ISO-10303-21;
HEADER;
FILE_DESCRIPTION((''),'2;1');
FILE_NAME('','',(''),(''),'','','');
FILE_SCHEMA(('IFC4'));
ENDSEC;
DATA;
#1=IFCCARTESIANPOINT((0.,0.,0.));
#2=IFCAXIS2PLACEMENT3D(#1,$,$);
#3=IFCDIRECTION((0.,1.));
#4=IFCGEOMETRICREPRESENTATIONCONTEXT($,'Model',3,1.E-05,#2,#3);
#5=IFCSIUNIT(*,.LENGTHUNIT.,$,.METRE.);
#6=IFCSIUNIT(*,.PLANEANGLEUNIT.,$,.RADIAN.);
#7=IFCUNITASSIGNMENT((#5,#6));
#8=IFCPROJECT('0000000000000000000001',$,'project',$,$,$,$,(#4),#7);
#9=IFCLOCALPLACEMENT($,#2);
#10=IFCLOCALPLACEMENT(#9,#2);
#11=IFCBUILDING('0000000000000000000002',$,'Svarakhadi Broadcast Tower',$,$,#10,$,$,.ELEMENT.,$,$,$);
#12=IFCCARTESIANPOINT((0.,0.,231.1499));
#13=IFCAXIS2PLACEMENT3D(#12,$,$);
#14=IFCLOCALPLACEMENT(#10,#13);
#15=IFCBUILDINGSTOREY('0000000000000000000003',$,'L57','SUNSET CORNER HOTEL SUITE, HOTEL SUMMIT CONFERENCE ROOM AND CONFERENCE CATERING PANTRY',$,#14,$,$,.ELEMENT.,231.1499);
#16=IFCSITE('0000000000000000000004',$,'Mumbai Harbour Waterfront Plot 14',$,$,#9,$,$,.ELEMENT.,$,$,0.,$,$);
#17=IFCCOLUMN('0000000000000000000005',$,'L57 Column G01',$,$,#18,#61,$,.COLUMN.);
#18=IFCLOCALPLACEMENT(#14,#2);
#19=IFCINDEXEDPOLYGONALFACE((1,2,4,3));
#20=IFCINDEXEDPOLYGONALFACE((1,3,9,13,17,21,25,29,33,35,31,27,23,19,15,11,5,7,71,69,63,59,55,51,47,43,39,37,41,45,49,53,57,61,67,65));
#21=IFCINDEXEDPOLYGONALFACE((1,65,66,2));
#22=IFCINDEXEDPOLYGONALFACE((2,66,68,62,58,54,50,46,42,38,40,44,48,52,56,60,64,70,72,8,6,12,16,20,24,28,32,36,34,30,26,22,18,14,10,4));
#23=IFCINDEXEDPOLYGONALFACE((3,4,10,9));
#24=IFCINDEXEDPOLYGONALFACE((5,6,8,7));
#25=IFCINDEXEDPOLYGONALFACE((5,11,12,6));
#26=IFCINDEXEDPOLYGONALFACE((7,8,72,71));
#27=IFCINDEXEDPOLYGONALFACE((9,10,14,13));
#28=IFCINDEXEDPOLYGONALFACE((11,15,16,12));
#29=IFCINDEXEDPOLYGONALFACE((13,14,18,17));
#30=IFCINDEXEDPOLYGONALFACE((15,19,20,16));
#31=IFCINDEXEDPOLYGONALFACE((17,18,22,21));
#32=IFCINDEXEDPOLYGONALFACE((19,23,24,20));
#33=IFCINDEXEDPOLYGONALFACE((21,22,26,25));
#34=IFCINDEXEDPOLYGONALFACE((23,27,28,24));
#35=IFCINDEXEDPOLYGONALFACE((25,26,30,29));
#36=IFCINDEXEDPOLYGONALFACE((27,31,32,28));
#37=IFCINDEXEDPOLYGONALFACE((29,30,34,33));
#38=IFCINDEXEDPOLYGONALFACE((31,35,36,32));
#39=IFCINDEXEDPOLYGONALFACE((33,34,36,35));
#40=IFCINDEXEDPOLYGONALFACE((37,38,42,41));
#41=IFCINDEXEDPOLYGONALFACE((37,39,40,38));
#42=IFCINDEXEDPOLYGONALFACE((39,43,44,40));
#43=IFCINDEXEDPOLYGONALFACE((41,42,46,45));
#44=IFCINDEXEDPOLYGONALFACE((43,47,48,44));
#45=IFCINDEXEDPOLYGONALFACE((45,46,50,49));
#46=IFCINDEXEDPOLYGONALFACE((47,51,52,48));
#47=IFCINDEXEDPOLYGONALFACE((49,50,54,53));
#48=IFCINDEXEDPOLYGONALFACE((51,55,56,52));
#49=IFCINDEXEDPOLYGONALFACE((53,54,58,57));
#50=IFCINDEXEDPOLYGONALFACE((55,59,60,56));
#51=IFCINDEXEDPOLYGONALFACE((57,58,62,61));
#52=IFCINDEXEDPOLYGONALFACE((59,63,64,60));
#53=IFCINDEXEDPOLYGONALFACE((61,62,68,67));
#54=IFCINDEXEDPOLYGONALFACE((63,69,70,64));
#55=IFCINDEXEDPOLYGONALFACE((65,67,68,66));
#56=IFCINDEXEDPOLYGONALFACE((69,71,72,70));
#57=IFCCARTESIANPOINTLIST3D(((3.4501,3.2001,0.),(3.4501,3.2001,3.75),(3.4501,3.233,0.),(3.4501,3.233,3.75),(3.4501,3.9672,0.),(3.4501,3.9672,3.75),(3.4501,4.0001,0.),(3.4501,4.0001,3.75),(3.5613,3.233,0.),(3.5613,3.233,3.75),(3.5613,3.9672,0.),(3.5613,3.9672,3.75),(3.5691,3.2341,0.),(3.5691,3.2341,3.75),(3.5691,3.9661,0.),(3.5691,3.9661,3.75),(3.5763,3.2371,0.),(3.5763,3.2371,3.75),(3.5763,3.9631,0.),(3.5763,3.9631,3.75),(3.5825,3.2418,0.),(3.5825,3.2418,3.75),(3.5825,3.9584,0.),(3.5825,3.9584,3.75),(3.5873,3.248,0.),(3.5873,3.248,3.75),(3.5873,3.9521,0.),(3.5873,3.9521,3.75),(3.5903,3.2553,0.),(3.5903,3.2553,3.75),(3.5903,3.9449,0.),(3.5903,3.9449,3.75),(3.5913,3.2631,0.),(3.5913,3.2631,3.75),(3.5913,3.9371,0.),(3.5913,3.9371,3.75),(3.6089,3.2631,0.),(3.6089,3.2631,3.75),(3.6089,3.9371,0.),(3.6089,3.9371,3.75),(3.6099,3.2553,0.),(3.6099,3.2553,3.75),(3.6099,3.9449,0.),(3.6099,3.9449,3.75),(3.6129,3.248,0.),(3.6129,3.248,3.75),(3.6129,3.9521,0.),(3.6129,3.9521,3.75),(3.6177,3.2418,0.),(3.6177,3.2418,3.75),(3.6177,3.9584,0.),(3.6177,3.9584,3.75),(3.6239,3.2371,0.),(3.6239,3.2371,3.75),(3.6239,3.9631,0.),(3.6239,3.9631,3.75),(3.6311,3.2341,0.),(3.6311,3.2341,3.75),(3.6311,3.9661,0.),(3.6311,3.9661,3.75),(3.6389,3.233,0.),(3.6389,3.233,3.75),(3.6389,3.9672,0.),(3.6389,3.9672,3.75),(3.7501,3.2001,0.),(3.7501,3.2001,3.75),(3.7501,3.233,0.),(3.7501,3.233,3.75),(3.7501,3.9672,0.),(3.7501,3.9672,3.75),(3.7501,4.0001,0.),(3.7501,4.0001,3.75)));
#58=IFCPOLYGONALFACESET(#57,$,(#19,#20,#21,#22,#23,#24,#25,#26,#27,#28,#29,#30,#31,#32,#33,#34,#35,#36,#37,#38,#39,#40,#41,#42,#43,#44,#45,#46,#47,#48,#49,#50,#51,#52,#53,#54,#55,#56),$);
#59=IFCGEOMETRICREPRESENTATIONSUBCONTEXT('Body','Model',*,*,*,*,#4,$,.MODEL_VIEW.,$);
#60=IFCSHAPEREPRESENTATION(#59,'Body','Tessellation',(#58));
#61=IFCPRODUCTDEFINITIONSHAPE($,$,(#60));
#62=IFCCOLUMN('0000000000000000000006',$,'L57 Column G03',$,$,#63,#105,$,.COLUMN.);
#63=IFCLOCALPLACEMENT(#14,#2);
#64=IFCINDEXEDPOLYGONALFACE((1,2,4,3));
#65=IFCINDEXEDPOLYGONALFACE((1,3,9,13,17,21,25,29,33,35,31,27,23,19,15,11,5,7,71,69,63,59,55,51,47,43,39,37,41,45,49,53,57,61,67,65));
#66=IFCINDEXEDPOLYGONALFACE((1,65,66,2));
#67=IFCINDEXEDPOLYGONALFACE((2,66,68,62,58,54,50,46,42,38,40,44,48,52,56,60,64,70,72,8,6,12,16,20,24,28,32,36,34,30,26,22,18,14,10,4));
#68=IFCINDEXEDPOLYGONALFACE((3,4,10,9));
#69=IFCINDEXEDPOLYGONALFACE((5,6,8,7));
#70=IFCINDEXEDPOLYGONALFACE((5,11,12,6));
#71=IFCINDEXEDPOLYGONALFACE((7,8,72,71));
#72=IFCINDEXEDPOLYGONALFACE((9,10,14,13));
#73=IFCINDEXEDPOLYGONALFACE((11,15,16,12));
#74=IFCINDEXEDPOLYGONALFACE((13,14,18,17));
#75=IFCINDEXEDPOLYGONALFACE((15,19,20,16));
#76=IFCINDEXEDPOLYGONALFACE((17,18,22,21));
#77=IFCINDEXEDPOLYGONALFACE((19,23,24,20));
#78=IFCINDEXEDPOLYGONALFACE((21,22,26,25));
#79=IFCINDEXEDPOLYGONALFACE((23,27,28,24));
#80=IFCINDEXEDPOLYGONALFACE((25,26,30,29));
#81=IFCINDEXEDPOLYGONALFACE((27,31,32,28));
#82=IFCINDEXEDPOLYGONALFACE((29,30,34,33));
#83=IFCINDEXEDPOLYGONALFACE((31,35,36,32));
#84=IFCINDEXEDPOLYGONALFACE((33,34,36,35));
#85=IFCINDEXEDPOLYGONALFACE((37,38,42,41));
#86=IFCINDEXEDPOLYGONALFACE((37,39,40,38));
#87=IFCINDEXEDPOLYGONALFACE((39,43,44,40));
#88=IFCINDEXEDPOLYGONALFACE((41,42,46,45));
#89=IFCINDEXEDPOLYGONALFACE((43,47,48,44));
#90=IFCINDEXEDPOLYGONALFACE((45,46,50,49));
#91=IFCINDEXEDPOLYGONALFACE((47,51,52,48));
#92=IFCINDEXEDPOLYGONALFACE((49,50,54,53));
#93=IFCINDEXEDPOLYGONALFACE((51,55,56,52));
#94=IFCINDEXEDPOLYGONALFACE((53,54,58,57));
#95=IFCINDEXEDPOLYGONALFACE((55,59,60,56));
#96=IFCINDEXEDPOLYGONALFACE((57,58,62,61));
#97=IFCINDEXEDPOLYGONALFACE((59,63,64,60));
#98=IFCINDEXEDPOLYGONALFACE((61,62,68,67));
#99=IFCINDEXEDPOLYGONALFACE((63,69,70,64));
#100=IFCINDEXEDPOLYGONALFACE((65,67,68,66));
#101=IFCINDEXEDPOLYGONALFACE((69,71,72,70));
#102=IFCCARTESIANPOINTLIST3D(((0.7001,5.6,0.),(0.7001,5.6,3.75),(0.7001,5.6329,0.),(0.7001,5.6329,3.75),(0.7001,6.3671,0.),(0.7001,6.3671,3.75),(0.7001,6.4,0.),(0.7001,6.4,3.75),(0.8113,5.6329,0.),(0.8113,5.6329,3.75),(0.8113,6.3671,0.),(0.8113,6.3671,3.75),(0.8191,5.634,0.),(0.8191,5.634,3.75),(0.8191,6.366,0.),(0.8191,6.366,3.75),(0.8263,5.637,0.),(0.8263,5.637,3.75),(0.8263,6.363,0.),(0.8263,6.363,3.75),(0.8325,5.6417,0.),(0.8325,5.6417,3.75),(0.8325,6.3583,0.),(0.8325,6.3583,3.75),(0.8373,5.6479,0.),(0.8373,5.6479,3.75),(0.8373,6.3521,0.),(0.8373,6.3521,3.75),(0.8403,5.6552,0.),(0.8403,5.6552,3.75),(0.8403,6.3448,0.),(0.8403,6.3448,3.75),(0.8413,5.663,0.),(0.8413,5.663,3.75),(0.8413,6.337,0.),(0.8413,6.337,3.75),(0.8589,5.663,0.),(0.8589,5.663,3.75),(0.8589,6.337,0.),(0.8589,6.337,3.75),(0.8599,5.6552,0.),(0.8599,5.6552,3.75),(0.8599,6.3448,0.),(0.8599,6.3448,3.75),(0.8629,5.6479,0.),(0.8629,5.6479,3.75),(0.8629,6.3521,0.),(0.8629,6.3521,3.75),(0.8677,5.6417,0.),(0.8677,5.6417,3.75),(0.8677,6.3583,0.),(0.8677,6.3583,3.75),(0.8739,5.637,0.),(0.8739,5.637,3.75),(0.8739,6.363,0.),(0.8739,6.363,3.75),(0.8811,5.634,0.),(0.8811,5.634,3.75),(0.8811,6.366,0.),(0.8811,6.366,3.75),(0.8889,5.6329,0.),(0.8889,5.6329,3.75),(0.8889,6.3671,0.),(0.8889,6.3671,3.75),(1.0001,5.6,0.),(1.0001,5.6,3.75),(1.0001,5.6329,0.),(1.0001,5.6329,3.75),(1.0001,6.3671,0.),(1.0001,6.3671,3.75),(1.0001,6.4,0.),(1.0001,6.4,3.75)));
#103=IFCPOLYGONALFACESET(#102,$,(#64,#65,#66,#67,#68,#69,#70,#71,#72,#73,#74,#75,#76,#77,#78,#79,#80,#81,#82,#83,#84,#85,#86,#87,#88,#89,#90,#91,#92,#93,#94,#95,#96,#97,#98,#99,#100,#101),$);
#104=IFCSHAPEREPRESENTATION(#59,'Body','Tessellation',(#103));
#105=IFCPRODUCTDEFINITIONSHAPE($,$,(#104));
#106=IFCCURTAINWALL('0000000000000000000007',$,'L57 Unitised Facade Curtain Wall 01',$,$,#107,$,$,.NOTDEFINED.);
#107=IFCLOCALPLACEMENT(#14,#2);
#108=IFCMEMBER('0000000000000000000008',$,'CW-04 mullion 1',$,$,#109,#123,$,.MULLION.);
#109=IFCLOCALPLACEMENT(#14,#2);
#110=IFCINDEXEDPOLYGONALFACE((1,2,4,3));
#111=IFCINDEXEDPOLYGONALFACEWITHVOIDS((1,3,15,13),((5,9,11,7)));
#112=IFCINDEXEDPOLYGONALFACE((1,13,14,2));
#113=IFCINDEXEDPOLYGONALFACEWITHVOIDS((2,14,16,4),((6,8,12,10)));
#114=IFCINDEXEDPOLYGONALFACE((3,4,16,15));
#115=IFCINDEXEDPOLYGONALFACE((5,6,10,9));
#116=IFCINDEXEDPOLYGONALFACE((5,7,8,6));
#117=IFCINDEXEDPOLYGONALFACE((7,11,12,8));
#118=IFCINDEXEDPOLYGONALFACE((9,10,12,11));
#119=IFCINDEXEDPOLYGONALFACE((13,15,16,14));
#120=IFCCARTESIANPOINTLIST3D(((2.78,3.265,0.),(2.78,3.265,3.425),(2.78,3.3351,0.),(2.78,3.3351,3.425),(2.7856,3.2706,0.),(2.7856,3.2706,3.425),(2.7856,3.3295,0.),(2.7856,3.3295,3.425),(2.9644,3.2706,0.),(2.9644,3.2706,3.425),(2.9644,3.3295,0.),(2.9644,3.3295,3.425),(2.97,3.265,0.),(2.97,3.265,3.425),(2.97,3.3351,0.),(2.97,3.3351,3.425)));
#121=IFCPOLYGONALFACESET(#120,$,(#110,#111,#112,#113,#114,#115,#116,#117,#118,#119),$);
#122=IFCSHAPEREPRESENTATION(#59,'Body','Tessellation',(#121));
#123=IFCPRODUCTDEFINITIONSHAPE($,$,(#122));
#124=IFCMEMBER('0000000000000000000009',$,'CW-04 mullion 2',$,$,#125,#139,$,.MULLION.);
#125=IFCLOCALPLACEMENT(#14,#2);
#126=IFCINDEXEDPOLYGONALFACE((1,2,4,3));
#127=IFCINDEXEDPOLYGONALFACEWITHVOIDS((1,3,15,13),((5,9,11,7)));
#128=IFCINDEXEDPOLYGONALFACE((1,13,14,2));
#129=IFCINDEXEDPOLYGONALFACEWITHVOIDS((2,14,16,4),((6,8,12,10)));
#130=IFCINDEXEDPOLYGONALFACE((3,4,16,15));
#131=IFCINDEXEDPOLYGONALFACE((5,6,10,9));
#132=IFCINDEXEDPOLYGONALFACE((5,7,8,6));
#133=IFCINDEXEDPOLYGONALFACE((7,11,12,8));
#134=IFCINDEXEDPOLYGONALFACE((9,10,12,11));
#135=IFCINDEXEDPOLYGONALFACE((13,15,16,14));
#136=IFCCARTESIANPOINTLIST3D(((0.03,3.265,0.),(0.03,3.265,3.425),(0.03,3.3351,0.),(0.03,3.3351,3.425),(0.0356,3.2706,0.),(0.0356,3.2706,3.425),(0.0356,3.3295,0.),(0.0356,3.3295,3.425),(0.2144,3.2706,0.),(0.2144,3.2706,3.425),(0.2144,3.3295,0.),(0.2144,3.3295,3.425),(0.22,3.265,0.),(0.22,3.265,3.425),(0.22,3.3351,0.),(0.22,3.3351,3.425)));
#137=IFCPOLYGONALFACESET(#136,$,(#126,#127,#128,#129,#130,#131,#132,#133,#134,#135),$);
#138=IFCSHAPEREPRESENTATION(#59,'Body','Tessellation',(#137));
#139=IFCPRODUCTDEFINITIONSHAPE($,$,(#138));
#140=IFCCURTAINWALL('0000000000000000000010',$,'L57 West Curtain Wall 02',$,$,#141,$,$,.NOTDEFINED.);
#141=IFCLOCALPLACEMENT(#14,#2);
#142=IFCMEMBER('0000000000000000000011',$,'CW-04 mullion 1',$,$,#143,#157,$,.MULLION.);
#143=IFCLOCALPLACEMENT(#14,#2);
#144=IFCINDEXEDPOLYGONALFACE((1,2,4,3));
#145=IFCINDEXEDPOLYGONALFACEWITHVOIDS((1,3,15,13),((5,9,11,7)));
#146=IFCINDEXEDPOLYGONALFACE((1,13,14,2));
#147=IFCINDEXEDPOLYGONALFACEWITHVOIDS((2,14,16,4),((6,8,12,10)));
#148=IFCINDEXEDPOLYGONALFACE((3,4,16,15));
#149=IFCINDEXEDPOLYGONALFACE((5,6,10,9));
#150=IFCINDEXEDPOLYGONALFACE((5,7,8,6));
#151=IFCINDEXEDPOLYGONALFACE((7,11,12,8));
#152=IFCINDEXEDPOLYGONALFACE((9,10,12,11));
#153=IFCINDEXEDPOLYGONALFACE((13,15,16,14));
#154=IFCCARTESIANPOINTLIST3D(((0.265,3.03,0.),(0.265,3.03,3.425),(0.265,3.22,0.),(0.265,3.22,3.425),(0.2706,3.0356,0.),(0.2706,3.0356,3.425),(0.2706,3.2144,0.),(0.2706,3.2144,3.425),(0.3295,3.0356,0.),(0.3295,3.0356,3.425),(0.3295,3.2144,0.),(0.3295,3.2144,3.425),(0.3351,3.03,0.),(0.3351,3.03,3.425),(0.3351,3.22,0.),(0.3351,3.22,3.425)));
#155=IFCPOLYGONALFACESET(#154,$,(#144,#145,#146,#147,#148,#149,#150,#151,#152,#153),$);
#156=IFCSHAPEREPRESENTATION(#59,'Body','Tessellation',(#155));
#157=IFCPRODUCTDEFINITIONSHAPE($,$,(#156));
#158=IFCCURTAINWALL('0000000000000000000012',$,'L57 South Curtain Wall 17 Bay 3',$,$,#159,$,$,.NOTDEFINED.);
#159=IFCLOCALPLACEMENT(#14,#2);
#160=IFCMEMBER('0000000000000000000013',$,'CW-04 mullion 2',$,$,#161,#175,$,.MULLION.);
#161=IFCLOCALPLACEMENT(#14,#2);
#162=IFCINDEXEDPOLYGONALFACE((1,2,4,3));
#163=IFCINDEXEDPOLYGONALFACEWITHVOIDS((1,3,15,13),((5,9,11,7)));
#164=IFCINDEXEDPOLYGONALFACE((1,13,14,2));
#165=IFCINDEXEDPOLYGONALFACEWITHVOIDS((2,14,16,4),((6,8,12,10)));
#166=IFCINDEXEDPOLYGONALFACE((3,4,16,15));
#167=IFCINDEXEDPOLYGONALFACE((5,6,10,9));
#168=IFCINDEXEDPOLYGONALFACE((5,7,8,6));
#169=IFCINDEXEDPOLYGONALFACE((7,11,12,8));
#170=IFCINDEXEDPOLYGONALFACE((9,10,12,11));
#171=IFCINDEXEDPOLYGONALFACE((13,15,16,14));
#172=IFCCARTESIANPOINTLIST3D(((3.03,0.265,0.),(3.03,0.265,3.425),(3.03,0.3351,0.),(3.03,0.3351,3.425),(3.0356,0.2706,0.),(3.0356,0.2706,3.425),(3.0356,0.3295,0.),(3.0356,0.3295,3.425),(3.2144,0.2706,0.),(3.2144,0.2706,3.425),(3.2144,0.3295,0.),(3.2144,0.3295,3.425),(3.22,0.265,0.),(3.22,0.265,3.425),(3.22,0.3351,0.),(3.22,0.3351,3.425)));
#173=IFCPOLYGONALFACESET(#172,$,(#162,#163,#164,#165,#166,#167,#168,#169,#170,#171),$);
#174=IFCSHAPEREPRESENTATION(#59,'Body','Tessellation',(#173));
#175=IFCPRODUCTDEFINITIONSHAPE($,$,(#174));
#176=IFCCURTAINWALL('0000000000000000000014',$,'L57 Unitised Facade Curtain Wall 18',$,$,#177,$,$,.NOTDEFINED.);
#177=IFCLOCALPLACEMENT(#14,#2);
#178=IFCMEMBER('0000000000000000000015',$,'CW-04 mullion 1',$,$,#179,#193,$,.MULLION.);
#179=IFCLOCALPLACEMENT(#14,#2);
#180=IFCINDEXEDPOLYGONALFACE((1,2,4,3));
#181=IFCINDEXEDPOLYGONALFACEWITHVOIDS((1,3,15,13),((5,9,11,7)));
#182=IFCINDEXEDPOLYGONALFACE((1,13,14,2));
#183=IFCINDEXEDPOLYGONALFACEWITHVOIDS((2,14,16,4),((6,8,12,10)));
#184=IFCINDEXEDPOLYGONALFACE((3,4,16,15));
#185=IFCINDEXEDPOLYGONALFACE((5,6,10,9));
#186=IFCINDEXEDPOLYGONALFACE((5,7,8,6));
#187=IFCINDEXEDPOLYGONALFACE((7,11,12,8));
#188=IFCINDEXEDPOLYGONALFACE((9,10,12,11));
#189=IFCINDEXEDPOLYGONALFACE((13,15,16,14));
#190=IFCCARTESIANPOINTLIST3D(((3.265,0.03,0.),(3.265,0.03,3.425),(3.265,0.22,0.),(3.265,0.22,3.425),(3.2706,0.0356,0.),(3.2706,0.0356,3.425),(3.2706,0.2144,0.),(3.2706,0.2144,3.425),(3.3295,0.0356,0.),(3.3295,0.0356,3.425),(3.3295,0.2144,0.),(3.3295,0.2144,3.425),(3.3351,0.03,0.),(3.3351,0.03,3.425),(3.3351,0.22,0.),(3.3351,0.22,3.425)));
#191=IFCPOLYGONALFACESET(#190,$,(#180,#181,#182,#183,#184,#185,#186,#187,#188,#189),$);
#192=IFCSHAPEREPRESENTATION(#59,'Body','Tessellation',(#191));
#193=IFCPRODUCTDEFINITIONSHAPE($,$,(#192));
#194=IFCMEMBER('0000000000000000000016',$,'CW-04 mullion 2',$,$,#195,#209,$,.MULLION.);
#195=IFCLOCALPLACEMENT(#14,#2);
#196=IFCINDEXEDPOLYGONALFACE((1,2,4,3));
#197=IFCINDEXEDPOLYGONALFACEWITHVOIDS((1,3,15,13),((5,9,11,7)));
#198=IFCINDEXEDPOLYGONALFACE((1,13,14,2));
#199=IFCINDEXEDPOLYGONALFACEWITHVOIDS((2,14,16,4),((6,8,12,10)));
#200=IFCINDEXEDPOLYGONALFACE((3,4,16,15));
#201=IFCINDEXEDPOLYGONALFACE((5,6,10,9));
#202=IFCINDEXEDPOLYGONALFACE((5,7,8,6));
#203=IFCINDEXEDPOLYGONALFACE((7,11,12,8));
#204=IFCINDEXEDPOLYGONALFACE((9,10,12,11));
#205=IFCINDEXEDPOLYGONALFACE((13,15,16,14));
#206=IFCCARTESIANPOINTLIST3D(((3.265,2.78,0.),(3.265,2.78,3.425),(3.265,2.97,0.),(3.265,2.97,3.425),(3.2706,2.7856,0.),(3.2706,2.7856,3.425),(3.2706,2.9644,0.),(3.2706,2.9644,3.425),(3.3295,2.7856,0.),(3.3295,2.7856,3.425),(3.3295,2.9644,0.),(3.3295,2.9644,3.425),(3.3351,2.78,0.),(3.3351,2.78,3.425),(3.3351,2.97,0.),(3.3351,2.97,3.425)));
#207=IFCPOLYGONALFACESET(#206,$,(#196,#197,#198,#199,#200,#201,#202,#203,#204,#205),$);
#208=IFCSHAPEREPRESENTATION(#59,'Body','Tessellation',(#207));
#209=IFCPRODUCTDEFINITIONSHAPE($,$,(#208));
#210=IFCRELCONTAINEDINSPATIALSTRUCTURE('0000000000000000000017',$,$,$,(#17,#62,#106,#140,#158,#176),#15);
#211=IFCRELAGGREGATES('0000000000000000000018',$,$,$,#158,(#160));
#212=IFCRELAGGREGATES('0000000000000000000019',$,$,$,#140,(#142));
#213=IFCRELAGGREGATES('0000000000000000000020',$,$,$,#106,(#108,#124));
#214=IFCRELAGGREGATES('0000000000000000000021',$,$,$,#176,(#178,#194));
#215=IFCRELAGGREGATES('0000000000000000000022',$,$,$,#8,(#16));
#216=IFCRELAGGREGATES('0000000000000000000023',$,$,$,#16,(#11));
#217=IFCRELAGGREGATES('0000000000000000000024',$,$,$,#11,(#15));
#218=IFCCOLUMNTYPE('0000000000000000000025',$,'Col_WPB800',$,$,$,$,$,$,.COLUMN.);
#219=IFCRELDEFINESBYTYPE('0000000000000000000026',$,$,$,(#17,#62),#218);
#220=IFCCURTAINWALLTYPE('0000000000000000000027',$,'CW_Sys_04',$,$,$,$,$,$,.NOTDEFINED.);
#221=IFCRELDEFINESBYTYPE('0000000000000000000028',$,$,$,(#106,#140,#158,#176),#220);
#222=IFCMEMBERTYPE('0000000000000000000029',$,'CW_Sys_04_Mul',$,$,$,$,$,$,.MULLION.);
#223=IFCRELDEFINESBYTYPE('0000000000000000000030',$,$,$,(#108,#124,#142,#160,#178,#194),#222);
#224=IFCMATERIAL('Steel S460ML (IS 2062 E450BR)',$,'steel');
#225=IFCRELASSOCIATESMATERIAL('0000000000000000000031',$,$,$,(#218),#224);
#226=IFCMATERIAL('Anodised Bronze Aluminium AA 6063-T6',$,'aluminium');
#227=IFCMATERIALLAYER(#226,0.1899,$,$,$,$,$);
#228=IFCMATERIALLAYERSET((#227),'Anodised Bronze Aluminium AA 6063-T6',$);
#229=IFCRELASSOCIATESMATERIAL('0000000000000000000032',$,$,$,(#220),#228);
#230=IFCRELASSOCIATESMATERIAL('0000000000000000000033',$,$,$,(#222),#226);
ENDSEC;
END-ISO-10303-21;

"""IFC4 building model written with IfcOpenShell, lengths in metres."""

from ifc_helpers import new_model, si_unit, direction, frame, origin, origin_2d, place, context, subcontext, project, spatial, hollow_rectangle, i_section, extrude, material, layer, layer_set, material_profile, profile_set, type_object, element, aggregate, save


model = new_model("IFC4")

# Units and contexts
model_context = context("Model", 3, precision=1e-05, world=origin(), true_north=direction((0.0, 1.0)))
body_context = subcontext(model_context, "Body", "Model", "MODEL_VIEW")
ifc_project = project(units=[si_unit("LENGTHUNIT", "METRE"), si_unit("PLANEANGLEUNIT", "RADIAN")], contexts=[model_context])

# Site, building, storey
site_placement = place(None, origin())
site = spatial("IfcSite", under=ifc_project, at=site_placement, Name="Mumbai Harbour Waterfront Plot 14", CompositionType="ELEMENT", RefElevation=0.0)
building_placement = place(site_placement, origin())
building = spatial("IfcBuilding", under=site, at=building_placement, Name="Svarakhadi Broadcast Tower", CompositionType="ELEMENT")
storey_placement = place(building_placement, frame((0.0, 0.0, 231.1499)))
storey = spatial("IfcBuildingStorey", under=building, at=storey_placement, Name="L57", Description="SUNSET CORNER HOTEL SUITE, HOTEL SUMMIT CONFERENCE ROOM AND CONFERENCE CATERING PANTRY", CompositionType="ELEMENT", Elevation=231.1499)

# Columns
ifc_material_1 = material(Name="Steel S460ML (IS 2062 E450BR)", Category="steel")
ifc_material_profile_1 = material_profile(ifc_material_1, i_section(OverallWidth=0.3, OverallDepth=0.8, WebThickness=0.0176, FlangeThickness=0.033, FilletRadius=0.03, at=origin_2d()), Name="WPB 800x300x262")
ifc_profile_set_1 = profile_set([ifc_material_profile_1], Name="Steel S460ML (IS 2062 E450BR)")
column_type = type_object("IfcColumnType", Name="Col_WPB800", PredefinedType="COLUMN", material=ifc_profile_set_1)
for number, where, z_axis, x_axis, name in (
    (1, (3.6001, 3.6001, 0.0), (0.0, 0.0, 1.0), (1.0, 0.0, 0.0), "L57 Column G01"),
    (2, (0.8501, 6.0, 0.0), (0.0, 0.0, 1.0), (1.0, 0.0, 0.0), "L57 Column G03"),
):
    element("IfcColumn", number, at=place(storey_placement, frame(where, z_axis=z_axis, x_axis=x_axis)), inside=storey, type_object=column_type, Name=name, PredefinedType="COLUMN", context=body_context, shape_type="SweptSolid", body=[
        extrude(i_section(OverallWidth=0.3, OverallDepth=0.8, WebThickness=0.0176, FlangeThickness=0.033, FilletRadius=0.03, at=origin_2d()), origin(), (0.0, 0.0, 1.0), 3.75),
    ])

# Curtain wall, members
ifc_material_2 = material(Name="Anodised Bronze Aluminium AA 6063-T6", Category="aluminium")
ifc_layer_1 = layer(ifc_material_2, 0.1899)
ifc_layer_set_1 = layer_set([ifc_layer_1], Name="Anodised Bronze Aluminium AA 6063-T6")
curtain_wall_type = type_object("IfcCurtainWallType", Name="CW_Sys_04", PredefinedType="NOTDEFINED", material=ifc_layer_set_1)
curtain_wall_1_placement = place(storey_placement, origin())
curtain_wall_1 = element("IfcCurtainWall", 3, at=curtain_wall_1_placement, inside=storey, type_object=curtain_wall_type, Name="L57 Unitised Facade Curtain Wall 01", PredefinedType="NOTDEFINED")
ifc_material_profile_2 = material_profile(ifc_material_2, hollow_rectangle(XDim=0.0701, YDim=0.1899, WallThickness=0.0056, at=origin_2d()), Name="ALU MULLION 190x70x6")
ifc_profile_set_2 = profile_set([ifc_material_profile_2], Name="Anodised Bronze Aluminium AA 6063-T6")
member_type_1 = type_object("IfcMemberType", Name="CW_Sys_04_Mul", PredefinedType="MULLION", material=ifc_profile_set_2)
member_1_placement = place(storey_placement, frame((2.875, 3.3, 0.0), z_axis=(0.0, 0.0, 1.0), x_axis=(0.0, -1.0, 0.0)))
member_1 = element("IfcMember", 4, at=member_1_placement, type_object=member_type_1, Name="CW-04 mullion 1", PredefinedType="MULLION", context=body_context, shape_type="SweptSolid", body=[
    extrude(hollow_rectangle(XDim=0.0701, YDim=0.1899, WallThickness=0.0056, at=origin_2d()), origin(), (0.0, 0.0, 1.0), 3.425),
])
member_2_placement = place(storey_placement, frame((0.125, 3.3, 0.0), z_axis=(0.0, 0.0, 1.0), x_axis=(0.0, -1.0, 0.0)))
member_2 = element("IfcMember", 5, at=member_2_placement, type_object=member_type_1, Name="CW-04 mullion 2", PredefinedType="MULLION", context=body_context, shape_type="SweptSolid", body=[
    extrude(hollow_rectangle(XDim=0.0701, YDim=0.1899, WallThickness=0.0056, at=origin_2d()), origin(), (0.0, 0.0, 1.0), 3.425),
])

# Curtain walls, members
curtain_wall_2_placement = place(storey_placement, origin())
curtain_wall_2 = element("IfcCurtainWall", 6, at=curtain_wall_2_placement, inside=storey, type_object=curtain_wall_type, Name="L57 West Curtain Wall 02", PredefinedType="NOTDEFINED")
member_3_placement = place(storey_placement, frame((0.3, 3.125, 0.0), z_axis=(0.0, 0.0, 1.0), x_axis=(-1.0, 0.0, 0.0)))
member_3 = element("IfcMember", 7, at=member_3_placement, type_object=member_type_1, Name="CW-04 mullion 1", PredefinedType="MULLION", context=body_context, shape_type="SweptSolid", body=[
    extrude(hollow_rectangle(XDim=0.0701, YDim=0.1899, WallThickness=0.0056, at=origin_2d()), origin(), (0.0, 0.0, 1.0), 3.425),
])
curtain_wall_3_placement = place(storey_placement, origin())
curtain_wall_3 = element("IfcCurtainWall", 8, at=curtain_wall_3_placement, inside=storey, type_object=curtain_wall_type, Name="L57 South Curtain Wall 17 Bay 3", PredefinedType="NOTDEFINED")
member_4_placement = place(storey_placement, frame((3.125, 0.3, 0.0), z_axis=(0.0, 0.0, 1.0), x_axis=(0.0, -1.0, 0.0)))
member_4 = element("IfcMember", 9, at=member_4_placement, type_object=member_type_1, Name="CW-04 mullion 2", PredefinedType="MULLION", context=body_context, shape_type="SweptSolid", body=[
    extrude(hollow_rectangle(XDim=0.0701, YDim=0.1899, WallThickness=0.0056, at=origin_2d()), origin(), (0.0, 0.0, 1.0), 3.425),
])
aggregate(curtain_wall_3, [member_4])

# Curtain wall, members
curtain_wall_4_placement = place(storey_placement, origin())
curtain_wall_4 = element("IfcCurtainWall", 10, at=curtain_wall_4_placement, inside=storey, type_object=curtain_wall_type, Name="L57 Unitised Facade Curtain Wall 18", PredefinedType="NOTDEFINED")
member_5_placement = place(storey_placement, frame((3.3, 0.125, 0.0), z_axis=(0.0, 0.0, 1.0), x_axis=(-1.0, 0.0, 0.0)))
member_5 = element("IfcMember", 11, at=member_5_placement, type_object=member_type_1, Name="CW-04 mullion 1", PredefinedType="MULLION", context=body_context, shape_type="SweptSolid", body=[
    extrude(hollow_rectangle(XDim=0.0701, YDim=0.1899, WallThickness=0.0056, at=origin_2d()), origin(), (0.0, 0.0, 1.0), 3.425),
])
member_6_placement = place(storey_placement, frame((3.3, 2.875, 0.0), z_axis=(0.0, 0.0, 1.0), x_axis=(-1.0, 0.0, 0.0)))
member_6 = element("IfcMember", 12, at=member_6_placement, type_object=member_type_1, Name="CW-04 mullion 2", PredefinedType="MULLION", context=body_context, shape_type="SweptSolid", body=[
    extrude(hollow_rectangle(XDim=0.0701, YDim=0.1899, WallThickness=0.0056, at=origin_2d()), origin(), (0.0, 0.0, 1.0), 3.425),
])

aggregate(curtain_wall_2, [member_3])

aggregate(curtain_wall_1, [member_1, member_2])
aggregate(curtain_wall_4, [member_5, member_6])

save(model, "model.ifc")
